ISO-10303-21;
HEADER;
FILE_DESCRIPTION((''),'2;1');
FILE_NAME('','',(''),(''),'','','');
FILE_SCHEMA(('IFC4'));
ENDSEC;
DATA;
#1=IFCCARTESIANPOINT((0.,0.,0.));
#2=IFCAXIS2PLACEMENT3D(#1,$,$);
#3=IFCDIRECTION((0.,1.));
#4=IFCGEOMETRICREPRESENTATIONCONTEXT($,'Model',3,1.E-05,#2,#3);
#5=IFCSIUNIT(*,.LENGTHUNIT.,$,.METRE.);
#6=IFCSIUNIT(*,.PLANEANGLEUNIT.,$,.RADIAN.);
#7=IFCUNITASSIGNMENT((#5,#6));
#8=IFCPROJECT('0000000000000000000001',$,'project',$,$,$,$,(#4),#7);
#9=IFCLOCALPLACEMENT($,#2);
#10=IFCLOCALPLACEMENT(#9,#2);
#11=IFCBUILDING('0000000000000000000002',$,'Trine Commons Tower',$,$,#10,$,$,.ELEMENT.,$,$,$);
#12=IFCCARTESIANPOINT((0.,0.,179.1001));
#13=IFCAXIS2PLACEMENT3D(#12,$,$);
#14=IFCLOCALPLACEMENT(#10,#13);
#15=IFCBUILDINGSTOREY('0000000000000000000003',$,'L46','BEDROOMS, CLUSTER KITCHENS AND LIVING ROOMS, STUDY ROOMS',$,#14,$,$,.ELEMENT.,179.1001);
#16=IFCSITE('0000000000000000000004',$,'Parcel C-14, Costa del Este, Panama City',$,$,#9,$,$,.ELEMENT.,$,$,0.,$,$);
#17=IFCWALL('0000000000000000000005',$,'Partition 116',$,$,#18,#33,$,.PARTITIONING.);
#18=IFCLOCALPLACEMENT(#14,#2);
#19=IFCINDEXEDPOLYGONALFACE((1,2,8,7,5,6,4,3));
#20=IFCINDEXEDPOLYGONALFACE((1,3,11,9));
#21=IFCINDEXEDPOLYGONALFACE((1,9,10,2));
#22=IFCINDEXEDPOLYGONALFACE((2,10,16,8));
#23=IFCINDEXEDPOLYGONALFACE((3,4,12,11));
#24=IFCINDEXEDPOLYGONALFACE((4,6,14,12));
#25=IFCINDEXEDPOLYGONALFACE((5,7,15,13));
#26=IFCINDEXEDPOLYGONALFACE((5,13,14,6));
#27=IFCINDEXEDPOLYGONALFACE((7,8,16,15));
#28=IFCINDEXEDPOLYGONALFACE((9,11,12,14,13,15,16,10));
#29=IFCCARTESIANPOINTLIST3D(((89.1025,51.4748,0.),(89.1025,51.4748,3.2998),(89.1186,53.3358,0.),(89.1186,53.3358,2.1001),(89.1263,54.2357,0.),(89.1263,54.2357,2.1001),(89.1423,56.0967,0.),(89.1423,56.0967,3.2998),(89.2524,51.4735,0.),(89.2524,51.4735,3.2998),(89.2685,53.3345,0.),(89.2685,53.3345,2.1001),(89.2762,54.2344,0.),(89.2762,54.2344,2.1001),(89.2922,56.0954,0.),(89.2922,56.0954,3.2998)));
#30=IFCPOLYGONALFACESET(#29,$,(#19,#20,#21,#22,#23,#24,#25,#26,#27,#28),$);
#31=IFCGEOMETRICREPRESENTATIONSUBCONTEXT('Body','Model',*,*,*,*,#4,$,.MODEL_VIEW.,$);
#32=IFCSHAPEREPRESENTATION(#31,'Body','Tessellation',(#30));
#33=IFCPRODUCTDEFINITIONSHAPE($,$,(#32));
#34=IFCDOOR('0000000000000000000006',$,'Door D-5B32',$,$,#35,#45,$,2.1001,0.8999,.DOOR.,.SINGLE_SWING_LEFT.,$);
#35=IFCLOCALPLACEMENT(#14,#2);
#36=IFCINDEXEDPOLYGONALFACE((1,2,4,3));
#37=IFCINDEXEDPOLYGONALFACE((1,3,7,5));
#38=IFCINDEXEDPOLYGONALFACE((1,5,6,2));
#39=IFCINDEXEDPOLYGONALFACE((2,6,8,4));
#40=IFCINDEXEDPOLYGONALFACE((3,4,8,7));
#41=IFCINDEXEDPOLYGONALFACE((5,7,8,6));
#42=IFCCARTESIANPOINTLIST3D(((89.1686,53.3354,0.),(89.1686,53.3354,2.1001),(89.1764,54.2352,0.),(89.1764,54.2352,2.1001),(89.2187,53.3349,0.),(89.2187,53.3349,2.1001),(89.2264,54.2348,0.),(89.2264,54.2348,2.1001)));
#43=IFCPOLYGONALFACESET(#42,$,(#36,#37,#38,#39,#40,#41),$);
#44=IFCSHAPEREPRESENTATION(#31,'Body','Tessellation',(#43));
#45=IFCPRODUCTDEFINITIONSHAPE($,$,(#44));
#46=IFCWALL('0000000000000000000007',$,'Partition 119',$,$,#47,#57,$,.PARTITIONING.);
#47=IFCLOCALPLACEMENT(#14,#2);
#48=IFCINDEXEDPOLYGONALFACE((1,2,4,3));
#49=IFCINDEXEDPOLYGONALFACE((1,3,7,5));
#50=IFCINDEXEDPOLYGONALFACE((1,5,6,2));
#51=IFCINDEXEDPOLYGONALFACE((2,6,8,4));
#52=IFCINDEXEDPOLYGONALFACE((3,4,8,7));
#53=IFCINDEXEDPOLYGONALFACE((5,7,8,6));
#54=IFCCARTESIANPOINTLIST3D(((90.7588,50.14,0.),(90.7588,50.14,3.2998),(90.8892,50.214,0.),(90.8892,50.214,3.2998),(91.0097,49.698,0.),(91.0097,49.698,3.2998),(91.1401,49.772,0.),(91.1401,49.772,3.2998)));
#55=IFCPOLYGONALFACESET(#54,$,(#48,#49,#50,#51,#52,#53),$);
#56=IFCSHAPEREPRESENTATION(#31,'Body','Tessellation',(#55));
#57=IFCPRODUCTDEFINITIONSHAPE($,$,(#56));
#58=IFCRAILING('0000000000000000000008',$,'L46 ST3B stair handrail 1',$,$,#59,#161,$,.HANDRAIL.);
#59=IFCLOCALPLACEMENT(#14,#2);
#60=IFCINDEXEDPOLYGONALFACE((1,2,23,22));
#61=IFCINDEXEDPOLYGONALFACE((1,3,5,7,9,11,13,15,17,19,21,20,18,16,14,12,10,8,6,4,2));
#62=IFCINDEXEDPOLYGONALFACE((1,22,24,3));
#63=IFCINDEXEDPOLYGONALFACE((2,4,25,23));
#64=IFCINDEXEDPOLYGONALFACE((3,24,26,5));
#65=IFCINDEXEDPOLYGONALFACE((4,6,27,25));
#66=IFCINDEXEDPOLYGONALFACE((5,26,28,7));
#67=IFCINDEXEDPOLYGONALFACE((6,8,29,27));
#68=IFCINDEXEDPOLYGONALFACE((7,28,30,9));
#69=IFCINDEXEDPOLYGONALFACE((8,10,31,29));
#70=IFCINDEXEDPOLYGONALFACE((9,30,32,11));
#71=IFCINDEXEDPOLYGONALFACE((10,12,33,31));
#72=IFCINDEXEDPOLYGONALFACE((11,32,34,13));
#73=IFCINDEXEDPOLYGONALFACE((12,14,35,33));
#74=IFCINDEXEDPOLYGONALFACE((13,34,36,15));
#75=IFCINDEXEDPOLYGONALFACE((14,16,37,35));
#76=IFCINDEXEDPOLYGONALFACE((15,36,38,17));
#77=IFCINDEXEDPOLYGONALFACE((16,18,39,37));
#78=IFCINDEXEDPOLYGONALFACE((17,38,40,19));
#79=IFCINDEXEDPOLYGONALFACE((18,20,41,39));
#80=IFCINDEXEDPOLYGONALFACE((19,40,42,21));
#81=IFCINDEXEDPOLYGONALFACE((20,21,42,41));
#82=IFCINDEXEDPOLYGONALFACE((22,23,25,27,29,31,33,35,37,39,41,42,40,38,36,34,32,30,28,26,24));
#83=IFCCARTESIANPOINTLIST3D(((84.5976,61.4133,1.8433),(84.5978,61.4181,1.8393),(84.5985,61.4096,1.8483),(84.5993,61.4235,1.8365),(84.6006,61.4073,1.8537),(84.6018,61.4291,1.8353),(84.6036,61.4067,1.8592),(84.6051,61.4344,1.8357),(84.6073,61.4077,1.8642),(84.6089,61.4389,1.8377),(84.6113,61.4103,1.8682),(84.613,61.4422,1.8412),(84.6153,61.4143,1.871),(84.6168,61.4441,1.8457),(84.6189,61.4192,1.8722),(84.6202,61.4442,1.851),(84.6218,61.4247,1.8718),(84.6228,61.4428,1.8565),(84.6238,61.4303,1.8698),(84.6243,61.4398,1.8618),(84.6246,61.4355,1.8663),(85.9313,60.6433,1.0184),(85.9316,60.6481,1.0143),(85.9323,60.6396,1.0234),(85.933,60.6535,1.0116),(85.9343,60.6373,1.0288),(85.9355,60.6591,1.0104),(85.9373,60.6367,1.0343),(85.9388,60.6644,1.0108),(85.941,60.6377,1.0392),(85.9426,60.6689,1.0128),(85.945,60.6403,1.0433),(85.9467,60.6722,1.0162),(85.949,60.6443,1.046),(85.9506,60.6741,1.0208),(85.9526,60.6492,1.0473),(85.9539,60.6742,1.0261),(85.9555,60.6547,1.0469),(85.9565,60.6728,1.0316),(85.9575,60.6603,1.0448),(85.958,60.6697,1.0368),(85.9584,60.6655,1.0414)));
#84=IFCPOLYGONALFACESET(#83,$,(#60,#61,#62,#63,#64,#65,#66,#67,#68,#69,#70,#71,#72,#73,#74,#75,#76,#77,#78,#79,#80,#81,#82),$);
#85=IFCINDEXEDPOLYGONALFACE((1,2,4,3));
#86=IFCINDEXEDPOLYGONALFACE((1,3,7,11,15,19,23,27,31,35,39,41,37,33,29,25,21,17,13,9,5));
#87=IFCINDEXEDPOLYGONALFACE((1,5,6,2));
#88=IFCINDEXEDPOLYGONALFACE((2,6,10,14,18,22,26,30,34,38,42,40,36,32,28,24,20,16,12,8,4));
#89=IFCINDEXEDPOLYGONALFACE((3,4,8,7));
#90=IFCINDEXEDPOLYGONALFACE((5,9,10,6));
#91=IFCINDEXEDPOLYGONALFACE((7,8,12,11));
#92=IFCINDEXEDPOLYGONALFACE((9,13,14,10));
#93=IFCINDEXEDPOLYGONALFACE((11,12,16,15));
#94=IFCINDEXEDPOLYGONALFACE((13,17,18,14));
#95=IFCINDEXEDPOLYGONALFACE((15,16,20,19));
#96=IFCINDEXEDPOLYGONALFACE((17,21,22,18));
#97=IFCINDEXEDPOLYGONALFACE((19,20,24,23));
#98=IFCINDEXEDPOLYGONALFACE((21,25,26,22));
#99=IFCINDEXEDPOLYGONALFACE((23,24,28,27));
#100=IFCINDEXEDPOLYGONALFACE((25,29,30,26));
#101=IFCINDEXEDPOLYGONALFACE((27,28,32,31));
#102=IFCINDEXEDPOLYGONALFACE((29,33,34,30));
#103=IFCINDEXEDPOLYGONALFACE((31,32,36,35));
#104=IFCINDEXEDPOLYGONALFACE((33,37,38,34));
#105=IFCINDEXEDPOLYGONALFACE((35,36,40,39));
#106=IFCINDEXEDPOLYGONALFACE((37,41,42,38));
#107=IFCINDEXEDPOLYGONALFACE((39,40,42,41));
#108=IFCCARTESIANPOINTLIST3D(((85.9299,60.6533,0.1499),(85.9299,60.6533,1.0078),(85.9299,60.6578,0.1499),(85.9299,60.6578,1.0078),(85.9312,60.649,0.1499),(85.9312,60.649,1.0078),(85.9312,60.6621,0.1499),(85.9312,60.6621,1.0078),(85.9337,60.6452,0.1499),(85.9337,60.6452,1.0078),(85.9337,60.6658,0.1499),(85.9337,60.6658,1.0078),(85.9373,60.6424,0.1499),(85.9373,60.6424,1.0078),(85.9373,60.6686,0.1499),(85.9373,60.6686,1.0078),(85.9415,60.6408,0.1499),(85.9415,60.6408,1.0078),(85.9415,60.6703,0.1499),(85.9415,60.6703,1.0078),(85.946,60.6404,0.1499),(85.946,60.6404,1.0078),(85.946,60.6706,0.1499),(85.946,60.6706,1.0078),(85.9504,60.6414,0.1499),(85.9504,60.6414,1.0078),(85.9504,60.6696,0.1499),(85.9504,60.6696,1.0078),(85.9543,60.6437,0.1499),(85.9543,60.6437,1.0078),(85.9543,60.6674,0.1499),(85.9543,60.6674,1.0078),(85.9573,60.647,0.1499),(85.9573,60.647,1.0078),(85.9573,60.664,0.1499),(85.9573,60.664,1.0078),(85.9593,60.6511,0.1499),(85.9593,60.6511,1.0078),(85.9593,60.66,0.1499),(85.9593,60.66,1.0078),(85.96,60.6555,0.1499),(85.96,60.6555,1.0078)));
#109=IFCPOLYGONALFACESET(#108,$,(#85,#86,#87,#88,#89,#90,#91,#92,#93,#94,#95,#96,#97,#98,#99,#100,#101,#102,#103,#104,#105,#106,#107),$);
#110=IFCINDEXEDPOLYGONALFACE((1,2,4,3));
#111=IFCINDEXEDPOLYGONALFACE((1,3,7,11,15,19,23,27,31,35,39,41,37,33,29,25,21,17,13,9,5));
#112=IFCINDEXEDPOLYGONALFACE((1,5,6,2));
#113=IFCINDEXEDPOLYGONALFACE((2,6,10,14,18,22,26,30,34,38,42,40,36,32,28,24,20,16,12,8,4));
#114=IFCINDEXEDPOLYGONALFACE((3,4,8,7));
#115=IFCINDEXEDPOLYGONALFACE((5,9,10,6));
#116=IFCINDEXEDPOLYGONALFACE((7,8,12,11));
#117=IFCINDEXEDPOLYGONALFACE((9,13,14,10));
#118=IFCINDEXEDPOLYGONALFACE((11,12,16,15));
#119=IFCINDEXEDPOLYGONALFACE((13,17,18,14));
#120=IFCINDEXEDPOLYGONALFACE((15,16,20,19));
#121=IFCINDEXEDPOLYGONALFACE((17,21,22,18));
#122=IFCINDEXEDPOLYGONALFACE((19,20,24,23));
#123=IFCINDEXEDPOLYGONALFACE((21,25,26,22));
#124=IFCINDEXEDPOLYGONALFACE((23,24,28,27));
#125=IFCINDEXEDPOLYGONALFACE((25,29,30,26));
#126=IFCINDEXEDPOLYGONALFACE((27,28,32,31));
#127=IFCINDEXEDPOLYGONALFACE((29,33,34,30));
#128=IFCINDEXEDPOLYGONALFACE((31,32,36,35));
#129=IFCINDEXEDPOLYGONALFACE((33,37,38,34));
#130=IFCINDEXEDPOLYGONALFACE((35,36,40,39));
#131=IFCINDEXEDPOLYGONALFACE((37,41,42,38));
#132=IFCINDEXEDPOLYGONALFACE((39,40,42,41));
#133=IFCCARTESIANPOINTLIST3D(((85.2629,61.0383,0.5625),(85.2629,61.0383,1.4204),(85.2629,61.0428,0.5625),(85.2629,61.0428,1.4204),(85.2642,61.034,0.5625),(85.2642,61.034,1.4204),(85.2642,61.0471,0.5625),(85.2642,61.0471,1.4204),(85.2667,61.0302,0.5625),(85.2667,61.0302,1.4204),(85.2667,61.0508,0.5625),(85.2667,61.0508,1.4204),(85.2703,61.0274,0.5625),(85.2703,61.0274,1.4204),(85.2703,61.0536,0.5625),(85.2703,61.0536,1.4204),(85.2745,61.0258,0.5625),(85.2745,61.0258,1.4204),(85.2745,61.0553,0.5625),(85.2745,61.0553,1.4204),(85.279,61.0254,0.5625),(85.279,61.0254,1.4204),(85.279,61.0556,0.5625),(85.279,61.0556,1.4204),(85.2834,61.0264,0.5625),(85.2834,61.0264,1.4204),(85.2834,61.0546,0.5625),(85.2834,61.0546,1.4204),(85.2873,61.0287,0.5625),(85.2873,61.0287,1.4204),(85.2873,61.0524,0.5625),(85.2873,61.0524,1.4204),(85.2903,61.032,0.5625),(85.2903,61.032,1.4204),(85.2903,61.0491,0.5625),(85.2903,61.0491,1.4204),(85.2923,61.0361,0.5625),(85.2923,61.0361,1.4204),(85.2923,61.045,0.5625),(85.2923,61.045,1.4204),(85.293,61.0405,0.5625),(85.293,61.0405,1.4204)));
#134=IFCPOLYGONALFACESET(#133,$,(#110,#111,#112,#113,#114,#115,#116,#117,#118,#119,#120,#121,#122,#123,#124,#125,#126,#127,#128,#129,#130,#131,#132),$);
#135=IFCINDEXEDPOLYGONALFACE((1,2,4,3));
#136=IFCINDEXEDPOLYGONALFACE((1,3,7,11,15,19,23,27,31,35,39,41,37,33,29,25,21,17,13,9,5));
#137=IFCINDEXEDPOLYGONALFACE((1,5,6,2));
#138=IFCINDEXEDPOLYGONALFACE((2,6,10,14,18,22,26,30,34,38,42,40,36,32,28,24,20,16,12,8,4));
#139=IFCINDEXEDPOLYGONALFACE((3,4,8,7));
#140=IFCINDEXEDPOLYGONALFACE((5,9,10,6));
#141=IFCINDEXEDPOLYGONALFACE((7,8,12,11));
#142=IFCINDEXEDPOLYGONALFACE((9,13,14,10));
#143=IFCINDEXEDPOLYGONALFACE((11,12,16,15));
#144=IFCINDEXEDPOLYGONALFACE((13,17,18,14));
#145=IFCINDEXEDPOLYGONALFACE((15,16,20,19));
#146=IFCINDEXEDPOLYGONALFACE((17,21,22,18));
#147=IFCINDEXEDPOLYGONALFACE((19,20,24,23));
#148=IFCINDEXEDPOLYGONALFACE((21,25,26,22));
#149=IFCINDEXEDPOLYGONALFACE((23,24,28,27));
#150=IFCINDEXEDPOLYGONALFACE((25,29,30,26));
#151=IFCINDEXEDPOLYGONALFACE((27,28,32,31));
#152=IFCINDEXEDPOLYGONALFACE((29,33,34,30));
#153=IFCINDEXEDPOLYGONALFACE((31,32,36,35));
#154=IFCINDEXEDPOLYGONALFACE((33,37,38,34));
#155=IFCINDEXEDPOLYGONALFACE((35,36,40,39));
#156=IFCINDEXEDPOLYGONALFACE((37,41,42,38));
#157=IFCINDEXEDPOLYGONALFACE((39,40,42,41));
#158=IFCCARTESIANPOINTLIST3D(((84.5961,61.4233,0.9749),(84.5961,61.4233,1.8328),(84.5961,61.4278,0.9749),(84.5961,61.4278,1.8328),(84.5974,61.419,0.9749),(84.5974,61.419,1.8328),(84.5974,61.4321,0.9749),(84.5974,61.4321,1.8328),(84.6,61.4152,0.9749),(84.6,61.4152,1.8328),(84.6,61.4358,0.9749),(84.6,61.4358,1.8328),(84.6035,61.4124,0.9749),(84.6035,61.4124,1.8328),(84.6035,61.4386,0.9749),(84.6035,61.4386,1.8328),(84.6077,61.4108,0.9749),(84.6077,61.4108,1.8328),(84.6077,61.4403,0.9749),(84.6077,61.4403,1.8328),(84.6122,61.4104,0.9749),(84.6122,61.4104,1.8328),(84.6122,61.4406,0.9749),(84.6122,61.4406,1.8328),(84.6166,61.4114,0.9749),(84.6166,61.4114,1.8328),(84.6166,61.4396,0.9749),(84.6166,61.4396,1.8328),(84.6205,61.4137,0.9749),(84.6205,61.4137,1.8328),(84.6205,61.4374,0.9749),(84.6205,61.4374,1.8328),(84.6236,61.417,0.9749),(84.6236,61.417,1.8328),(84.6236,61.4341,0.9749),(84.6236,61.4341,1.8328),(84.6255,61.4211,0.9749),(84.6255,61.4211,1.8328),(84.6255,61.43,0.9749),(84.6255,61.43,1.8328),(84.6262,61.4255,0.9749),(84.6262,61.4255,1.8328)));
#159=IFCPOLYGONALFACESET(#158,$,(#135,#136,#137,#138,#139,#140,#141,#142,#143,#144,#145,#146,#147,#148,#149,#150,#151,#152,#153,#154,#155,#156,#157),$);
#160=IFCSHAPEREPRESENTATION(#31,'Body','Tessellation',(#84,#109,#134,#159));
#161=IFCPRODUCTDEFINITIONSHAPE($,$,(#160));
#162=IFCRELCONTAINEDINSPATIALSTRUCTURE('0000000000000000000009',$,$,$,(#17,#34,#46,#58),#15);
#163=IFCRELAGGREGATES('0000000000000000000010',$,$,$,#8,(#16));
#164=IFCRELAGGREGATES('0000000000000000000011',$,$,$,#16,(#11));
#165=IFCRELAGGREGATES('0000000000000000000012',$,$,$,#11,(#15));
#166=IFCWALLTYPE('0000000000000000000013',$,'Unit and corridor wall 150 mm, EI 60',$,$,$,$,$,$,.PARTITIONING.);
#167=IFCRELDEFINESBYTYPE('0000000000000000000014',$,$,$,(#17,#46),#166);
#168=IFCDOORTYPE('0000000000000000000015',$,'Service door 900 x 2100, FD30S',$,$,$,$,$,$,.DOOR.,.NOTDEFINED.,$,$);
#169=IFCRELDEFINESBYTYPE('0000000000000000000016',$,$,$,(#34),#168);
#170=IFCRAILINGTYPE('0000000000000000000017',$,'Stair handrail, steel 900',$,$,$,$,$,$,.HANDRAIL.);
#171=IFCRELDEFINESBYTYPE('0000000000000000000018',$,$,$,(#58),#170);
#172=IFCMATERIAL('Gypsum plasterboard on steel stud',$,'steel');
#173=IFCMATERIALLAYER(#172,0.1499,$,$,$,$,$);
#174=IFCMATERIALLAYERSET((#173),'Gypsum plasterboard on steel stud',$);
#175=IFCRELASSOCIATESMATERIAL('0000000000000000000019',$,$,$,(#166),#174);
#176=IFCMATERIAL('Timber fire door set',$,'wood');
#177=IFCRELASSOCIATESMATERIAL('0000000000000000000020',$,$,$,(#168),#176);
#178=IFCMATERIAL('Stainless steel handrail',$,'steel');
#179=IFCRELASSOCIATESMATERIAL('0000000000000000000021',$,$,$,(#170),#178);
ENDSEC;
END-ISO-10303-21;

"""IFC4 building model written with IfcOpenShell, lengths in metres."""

from ifc_helpers import new_model, si_unit, direction, frame, frame_2d, origin, origin_2d, place, context, subcontext, project, spatial, rectangle, circle, extrude, material, layer, layer_set, type_object, element, fill, save


model = new_model("IFC4")

# Units and contexts
model_context = context("Model", 3, precision=1e-05, world=origin(), true_north=direction((0.0, 1.0)))
body_context = subcontext(model_context, "Body", "Model", "MODEL_VIEW")
ifc_project = project(units=[si_unit("LENGTHUNIT", "METRE"), si_unit("PLANEANGLEUNIT", "RADIAN")], contexts=[model_context])

# Site, building, storey
site_placement = place(None, origin())
site = spatial("IfcSite", under=ifc_project, at=site_placement, Name="Parcel C-14, Costa del Este, Panama City", CompositionType="ELEMENT", RefElevation=0.0)
building_placement = place(site_placement, origin())
building = spatial("IfcBuilding", under=site, at=building_placement, Name="Trine Commons Tower", CompositionType="ELEMENT")
storey_placement = place(building_placement, frame((0.0, 0.0, 179.1001)))
storey = spatial("IfcBuildingStorey", under=building, at=storey_placement, Name="L46", Description="BEDROOMS, CLUSTER KITCHENS AND LIVING ROOMS, STUDY ROOMS", CompositionType="ELEMENT", Elevation=179.1001)

# Shared definitions
ifc_material_1 = material(Name="Gypsum plasterboard on steel stud", Category="steel")
ifc_layer_1 = layer(ifc_material_1, 0.1499)
ifc_layer_set_1 = layer_set([ifc_layer_1], Name="Gypsum plasterboard on steel stud")
wall_type_1 = type_object("IfcWallType", Name="Unit and corridor wall 150 mm, EI 60", PredefinedType="PARTITIONING", material=ifc_layer_set_1)

# Wall, opening, door
wall_1_placement = place(storey_placement, frame((89.1775, 51.4741, 0.0), z_axis=(0.0, 0.0, 1.0), x_axis=(0.00861, 0.999963, 0.0)))
wall_1 = element("IfcWall", 1, at=wall_1_placement, inside=storey, type_object=wall_type_1, Name="Partition 116", PredefinedType="PARTITIONING", context=body_context, shape_type="SweptSolid", body=[
    extrude(rectangle(XDim=4.6221, YDim=0.1499, at=frame_2d((2.311, 0.0))), origin(), (0.0, 0.0, 1.0), 3.2998),
])
opening_1_placement = place(wall_1_placement, frame((1.8611, 0.0, 0.0)))
opening_1 = element("IfcOpeningElement", 2, at=opening_1_placement, cuts=wall_1, PredefinedType="OPENING", context=body_context, shape_type="SweptSolid", body=[
    extrude(rectangle(XDim=0.8999, YDim=2.1001, at=frame_2d((0.45, 1.05))), frame((0.0, 0.085, 0.0), z_axis=(0.0, -1.0, 0.0), x_axis=(1.0, 0.0, 0.0)), (0.0, 0.0, 1.0), 0.1699),
])
ifc_material_2 = material(Name="Timber fire door set", Category="wood")
door_type_1 = type_object("IfcDoorType", Name="Service door 900 x 2100, FD30S", OperationType="NOTDEFINED", PredefinedType="DOOR", material=ifc_material_2)
door_1_placement = place(opening_1_placement, origin())
door_1 = element("IfcDoor", 3, at=door_1_placement, inside=storey, type_object=door_type_1, Name="Door D-5B32", OperationType="SINGLE_SWING_LEFT", OverallHeight=2.1001, OverallWidth=0.8999, PredefinedType="DOOR", context=body_context, shape_type="SweptSolid", body=[
    extrude(rectangle(XDim=0.8999, YDim=2.1001, at=frame_2d((0.45, 1.05))), frame((0.0, 0.0249, 0.0), z_axis=(0.0, -1.0, 0.0), x_axis=(1.0, 0.0, 0.0)), (0.0, 0.0, 1.0), 0.05),
])
fill(opening_1, door_1)

# Wall
wall_2_placement = place(storey_placement, frame((90.824, 50.177, 0.0), z_axis=(0.0, 0.0, 1.0), x_axis=(0.493655, -0.869658, 0.0)))
element("IfcWall", 4, at=wall_2_placement, inside=storey, type_object=wall_type_1, Name="Partition 119", PredefinedType="PARTITIONING", context=body_context, shape_type="SweptSolid", body=[
    extrude(rectangle(XDim=0.5083, YDim=0.1499, at=frame_2d((0.2542, 0.0))), origin(), (0.0, 0.0, 1.0), 3.2998),
])

# Railing
ifc_material_3 = material(Name="Stainless steel handrail", Category="steel")
railing_type = type_object("IfcRailingType", Name="Stair handrail, steel 900", PredefinedType="HANDRAIL", material=ifc_material_3)
railing_placement = place(storey_placement, frame((85.9448, 60.6555, 0.1499)))
element("IfcRailing", 5, at=railing_placement, inside=storey, type_object=railing_type, Name="L46 ST3B stair handrail 1", PredefinedType="HANDRAIL", context=body_context, shape_type="SweptSolid", body=[
    extrude(circle(Radius=0.021, at=origin_2d()), frame((0.0, 0.0, 0.8789), z_axis=(-0.763405, 0.440743, 0.472185), x_axis=(-0.499992, -0.86603, 0.0)), (0.0, 0.0, 1.0), 1.7471),
    extrude(circle(Radius=0.0151, at=origin_2d()), origin(), (0.0, 0.0, 1.0), 0.8579),
    extrude(circle(Radius=0.0151, at=origin_2d()), frame((-0.667, 0.385, 0.4126)), (0.0, 0.0, 1.0), 0.8579),
    extrude(circle(Radius=0.0151, at=origin_2d()), frame((-1.3337, 0.77, 0.825)), (0.0, 0.0, 1.0), 0.8579),
])

save(model, "model.ifc")
